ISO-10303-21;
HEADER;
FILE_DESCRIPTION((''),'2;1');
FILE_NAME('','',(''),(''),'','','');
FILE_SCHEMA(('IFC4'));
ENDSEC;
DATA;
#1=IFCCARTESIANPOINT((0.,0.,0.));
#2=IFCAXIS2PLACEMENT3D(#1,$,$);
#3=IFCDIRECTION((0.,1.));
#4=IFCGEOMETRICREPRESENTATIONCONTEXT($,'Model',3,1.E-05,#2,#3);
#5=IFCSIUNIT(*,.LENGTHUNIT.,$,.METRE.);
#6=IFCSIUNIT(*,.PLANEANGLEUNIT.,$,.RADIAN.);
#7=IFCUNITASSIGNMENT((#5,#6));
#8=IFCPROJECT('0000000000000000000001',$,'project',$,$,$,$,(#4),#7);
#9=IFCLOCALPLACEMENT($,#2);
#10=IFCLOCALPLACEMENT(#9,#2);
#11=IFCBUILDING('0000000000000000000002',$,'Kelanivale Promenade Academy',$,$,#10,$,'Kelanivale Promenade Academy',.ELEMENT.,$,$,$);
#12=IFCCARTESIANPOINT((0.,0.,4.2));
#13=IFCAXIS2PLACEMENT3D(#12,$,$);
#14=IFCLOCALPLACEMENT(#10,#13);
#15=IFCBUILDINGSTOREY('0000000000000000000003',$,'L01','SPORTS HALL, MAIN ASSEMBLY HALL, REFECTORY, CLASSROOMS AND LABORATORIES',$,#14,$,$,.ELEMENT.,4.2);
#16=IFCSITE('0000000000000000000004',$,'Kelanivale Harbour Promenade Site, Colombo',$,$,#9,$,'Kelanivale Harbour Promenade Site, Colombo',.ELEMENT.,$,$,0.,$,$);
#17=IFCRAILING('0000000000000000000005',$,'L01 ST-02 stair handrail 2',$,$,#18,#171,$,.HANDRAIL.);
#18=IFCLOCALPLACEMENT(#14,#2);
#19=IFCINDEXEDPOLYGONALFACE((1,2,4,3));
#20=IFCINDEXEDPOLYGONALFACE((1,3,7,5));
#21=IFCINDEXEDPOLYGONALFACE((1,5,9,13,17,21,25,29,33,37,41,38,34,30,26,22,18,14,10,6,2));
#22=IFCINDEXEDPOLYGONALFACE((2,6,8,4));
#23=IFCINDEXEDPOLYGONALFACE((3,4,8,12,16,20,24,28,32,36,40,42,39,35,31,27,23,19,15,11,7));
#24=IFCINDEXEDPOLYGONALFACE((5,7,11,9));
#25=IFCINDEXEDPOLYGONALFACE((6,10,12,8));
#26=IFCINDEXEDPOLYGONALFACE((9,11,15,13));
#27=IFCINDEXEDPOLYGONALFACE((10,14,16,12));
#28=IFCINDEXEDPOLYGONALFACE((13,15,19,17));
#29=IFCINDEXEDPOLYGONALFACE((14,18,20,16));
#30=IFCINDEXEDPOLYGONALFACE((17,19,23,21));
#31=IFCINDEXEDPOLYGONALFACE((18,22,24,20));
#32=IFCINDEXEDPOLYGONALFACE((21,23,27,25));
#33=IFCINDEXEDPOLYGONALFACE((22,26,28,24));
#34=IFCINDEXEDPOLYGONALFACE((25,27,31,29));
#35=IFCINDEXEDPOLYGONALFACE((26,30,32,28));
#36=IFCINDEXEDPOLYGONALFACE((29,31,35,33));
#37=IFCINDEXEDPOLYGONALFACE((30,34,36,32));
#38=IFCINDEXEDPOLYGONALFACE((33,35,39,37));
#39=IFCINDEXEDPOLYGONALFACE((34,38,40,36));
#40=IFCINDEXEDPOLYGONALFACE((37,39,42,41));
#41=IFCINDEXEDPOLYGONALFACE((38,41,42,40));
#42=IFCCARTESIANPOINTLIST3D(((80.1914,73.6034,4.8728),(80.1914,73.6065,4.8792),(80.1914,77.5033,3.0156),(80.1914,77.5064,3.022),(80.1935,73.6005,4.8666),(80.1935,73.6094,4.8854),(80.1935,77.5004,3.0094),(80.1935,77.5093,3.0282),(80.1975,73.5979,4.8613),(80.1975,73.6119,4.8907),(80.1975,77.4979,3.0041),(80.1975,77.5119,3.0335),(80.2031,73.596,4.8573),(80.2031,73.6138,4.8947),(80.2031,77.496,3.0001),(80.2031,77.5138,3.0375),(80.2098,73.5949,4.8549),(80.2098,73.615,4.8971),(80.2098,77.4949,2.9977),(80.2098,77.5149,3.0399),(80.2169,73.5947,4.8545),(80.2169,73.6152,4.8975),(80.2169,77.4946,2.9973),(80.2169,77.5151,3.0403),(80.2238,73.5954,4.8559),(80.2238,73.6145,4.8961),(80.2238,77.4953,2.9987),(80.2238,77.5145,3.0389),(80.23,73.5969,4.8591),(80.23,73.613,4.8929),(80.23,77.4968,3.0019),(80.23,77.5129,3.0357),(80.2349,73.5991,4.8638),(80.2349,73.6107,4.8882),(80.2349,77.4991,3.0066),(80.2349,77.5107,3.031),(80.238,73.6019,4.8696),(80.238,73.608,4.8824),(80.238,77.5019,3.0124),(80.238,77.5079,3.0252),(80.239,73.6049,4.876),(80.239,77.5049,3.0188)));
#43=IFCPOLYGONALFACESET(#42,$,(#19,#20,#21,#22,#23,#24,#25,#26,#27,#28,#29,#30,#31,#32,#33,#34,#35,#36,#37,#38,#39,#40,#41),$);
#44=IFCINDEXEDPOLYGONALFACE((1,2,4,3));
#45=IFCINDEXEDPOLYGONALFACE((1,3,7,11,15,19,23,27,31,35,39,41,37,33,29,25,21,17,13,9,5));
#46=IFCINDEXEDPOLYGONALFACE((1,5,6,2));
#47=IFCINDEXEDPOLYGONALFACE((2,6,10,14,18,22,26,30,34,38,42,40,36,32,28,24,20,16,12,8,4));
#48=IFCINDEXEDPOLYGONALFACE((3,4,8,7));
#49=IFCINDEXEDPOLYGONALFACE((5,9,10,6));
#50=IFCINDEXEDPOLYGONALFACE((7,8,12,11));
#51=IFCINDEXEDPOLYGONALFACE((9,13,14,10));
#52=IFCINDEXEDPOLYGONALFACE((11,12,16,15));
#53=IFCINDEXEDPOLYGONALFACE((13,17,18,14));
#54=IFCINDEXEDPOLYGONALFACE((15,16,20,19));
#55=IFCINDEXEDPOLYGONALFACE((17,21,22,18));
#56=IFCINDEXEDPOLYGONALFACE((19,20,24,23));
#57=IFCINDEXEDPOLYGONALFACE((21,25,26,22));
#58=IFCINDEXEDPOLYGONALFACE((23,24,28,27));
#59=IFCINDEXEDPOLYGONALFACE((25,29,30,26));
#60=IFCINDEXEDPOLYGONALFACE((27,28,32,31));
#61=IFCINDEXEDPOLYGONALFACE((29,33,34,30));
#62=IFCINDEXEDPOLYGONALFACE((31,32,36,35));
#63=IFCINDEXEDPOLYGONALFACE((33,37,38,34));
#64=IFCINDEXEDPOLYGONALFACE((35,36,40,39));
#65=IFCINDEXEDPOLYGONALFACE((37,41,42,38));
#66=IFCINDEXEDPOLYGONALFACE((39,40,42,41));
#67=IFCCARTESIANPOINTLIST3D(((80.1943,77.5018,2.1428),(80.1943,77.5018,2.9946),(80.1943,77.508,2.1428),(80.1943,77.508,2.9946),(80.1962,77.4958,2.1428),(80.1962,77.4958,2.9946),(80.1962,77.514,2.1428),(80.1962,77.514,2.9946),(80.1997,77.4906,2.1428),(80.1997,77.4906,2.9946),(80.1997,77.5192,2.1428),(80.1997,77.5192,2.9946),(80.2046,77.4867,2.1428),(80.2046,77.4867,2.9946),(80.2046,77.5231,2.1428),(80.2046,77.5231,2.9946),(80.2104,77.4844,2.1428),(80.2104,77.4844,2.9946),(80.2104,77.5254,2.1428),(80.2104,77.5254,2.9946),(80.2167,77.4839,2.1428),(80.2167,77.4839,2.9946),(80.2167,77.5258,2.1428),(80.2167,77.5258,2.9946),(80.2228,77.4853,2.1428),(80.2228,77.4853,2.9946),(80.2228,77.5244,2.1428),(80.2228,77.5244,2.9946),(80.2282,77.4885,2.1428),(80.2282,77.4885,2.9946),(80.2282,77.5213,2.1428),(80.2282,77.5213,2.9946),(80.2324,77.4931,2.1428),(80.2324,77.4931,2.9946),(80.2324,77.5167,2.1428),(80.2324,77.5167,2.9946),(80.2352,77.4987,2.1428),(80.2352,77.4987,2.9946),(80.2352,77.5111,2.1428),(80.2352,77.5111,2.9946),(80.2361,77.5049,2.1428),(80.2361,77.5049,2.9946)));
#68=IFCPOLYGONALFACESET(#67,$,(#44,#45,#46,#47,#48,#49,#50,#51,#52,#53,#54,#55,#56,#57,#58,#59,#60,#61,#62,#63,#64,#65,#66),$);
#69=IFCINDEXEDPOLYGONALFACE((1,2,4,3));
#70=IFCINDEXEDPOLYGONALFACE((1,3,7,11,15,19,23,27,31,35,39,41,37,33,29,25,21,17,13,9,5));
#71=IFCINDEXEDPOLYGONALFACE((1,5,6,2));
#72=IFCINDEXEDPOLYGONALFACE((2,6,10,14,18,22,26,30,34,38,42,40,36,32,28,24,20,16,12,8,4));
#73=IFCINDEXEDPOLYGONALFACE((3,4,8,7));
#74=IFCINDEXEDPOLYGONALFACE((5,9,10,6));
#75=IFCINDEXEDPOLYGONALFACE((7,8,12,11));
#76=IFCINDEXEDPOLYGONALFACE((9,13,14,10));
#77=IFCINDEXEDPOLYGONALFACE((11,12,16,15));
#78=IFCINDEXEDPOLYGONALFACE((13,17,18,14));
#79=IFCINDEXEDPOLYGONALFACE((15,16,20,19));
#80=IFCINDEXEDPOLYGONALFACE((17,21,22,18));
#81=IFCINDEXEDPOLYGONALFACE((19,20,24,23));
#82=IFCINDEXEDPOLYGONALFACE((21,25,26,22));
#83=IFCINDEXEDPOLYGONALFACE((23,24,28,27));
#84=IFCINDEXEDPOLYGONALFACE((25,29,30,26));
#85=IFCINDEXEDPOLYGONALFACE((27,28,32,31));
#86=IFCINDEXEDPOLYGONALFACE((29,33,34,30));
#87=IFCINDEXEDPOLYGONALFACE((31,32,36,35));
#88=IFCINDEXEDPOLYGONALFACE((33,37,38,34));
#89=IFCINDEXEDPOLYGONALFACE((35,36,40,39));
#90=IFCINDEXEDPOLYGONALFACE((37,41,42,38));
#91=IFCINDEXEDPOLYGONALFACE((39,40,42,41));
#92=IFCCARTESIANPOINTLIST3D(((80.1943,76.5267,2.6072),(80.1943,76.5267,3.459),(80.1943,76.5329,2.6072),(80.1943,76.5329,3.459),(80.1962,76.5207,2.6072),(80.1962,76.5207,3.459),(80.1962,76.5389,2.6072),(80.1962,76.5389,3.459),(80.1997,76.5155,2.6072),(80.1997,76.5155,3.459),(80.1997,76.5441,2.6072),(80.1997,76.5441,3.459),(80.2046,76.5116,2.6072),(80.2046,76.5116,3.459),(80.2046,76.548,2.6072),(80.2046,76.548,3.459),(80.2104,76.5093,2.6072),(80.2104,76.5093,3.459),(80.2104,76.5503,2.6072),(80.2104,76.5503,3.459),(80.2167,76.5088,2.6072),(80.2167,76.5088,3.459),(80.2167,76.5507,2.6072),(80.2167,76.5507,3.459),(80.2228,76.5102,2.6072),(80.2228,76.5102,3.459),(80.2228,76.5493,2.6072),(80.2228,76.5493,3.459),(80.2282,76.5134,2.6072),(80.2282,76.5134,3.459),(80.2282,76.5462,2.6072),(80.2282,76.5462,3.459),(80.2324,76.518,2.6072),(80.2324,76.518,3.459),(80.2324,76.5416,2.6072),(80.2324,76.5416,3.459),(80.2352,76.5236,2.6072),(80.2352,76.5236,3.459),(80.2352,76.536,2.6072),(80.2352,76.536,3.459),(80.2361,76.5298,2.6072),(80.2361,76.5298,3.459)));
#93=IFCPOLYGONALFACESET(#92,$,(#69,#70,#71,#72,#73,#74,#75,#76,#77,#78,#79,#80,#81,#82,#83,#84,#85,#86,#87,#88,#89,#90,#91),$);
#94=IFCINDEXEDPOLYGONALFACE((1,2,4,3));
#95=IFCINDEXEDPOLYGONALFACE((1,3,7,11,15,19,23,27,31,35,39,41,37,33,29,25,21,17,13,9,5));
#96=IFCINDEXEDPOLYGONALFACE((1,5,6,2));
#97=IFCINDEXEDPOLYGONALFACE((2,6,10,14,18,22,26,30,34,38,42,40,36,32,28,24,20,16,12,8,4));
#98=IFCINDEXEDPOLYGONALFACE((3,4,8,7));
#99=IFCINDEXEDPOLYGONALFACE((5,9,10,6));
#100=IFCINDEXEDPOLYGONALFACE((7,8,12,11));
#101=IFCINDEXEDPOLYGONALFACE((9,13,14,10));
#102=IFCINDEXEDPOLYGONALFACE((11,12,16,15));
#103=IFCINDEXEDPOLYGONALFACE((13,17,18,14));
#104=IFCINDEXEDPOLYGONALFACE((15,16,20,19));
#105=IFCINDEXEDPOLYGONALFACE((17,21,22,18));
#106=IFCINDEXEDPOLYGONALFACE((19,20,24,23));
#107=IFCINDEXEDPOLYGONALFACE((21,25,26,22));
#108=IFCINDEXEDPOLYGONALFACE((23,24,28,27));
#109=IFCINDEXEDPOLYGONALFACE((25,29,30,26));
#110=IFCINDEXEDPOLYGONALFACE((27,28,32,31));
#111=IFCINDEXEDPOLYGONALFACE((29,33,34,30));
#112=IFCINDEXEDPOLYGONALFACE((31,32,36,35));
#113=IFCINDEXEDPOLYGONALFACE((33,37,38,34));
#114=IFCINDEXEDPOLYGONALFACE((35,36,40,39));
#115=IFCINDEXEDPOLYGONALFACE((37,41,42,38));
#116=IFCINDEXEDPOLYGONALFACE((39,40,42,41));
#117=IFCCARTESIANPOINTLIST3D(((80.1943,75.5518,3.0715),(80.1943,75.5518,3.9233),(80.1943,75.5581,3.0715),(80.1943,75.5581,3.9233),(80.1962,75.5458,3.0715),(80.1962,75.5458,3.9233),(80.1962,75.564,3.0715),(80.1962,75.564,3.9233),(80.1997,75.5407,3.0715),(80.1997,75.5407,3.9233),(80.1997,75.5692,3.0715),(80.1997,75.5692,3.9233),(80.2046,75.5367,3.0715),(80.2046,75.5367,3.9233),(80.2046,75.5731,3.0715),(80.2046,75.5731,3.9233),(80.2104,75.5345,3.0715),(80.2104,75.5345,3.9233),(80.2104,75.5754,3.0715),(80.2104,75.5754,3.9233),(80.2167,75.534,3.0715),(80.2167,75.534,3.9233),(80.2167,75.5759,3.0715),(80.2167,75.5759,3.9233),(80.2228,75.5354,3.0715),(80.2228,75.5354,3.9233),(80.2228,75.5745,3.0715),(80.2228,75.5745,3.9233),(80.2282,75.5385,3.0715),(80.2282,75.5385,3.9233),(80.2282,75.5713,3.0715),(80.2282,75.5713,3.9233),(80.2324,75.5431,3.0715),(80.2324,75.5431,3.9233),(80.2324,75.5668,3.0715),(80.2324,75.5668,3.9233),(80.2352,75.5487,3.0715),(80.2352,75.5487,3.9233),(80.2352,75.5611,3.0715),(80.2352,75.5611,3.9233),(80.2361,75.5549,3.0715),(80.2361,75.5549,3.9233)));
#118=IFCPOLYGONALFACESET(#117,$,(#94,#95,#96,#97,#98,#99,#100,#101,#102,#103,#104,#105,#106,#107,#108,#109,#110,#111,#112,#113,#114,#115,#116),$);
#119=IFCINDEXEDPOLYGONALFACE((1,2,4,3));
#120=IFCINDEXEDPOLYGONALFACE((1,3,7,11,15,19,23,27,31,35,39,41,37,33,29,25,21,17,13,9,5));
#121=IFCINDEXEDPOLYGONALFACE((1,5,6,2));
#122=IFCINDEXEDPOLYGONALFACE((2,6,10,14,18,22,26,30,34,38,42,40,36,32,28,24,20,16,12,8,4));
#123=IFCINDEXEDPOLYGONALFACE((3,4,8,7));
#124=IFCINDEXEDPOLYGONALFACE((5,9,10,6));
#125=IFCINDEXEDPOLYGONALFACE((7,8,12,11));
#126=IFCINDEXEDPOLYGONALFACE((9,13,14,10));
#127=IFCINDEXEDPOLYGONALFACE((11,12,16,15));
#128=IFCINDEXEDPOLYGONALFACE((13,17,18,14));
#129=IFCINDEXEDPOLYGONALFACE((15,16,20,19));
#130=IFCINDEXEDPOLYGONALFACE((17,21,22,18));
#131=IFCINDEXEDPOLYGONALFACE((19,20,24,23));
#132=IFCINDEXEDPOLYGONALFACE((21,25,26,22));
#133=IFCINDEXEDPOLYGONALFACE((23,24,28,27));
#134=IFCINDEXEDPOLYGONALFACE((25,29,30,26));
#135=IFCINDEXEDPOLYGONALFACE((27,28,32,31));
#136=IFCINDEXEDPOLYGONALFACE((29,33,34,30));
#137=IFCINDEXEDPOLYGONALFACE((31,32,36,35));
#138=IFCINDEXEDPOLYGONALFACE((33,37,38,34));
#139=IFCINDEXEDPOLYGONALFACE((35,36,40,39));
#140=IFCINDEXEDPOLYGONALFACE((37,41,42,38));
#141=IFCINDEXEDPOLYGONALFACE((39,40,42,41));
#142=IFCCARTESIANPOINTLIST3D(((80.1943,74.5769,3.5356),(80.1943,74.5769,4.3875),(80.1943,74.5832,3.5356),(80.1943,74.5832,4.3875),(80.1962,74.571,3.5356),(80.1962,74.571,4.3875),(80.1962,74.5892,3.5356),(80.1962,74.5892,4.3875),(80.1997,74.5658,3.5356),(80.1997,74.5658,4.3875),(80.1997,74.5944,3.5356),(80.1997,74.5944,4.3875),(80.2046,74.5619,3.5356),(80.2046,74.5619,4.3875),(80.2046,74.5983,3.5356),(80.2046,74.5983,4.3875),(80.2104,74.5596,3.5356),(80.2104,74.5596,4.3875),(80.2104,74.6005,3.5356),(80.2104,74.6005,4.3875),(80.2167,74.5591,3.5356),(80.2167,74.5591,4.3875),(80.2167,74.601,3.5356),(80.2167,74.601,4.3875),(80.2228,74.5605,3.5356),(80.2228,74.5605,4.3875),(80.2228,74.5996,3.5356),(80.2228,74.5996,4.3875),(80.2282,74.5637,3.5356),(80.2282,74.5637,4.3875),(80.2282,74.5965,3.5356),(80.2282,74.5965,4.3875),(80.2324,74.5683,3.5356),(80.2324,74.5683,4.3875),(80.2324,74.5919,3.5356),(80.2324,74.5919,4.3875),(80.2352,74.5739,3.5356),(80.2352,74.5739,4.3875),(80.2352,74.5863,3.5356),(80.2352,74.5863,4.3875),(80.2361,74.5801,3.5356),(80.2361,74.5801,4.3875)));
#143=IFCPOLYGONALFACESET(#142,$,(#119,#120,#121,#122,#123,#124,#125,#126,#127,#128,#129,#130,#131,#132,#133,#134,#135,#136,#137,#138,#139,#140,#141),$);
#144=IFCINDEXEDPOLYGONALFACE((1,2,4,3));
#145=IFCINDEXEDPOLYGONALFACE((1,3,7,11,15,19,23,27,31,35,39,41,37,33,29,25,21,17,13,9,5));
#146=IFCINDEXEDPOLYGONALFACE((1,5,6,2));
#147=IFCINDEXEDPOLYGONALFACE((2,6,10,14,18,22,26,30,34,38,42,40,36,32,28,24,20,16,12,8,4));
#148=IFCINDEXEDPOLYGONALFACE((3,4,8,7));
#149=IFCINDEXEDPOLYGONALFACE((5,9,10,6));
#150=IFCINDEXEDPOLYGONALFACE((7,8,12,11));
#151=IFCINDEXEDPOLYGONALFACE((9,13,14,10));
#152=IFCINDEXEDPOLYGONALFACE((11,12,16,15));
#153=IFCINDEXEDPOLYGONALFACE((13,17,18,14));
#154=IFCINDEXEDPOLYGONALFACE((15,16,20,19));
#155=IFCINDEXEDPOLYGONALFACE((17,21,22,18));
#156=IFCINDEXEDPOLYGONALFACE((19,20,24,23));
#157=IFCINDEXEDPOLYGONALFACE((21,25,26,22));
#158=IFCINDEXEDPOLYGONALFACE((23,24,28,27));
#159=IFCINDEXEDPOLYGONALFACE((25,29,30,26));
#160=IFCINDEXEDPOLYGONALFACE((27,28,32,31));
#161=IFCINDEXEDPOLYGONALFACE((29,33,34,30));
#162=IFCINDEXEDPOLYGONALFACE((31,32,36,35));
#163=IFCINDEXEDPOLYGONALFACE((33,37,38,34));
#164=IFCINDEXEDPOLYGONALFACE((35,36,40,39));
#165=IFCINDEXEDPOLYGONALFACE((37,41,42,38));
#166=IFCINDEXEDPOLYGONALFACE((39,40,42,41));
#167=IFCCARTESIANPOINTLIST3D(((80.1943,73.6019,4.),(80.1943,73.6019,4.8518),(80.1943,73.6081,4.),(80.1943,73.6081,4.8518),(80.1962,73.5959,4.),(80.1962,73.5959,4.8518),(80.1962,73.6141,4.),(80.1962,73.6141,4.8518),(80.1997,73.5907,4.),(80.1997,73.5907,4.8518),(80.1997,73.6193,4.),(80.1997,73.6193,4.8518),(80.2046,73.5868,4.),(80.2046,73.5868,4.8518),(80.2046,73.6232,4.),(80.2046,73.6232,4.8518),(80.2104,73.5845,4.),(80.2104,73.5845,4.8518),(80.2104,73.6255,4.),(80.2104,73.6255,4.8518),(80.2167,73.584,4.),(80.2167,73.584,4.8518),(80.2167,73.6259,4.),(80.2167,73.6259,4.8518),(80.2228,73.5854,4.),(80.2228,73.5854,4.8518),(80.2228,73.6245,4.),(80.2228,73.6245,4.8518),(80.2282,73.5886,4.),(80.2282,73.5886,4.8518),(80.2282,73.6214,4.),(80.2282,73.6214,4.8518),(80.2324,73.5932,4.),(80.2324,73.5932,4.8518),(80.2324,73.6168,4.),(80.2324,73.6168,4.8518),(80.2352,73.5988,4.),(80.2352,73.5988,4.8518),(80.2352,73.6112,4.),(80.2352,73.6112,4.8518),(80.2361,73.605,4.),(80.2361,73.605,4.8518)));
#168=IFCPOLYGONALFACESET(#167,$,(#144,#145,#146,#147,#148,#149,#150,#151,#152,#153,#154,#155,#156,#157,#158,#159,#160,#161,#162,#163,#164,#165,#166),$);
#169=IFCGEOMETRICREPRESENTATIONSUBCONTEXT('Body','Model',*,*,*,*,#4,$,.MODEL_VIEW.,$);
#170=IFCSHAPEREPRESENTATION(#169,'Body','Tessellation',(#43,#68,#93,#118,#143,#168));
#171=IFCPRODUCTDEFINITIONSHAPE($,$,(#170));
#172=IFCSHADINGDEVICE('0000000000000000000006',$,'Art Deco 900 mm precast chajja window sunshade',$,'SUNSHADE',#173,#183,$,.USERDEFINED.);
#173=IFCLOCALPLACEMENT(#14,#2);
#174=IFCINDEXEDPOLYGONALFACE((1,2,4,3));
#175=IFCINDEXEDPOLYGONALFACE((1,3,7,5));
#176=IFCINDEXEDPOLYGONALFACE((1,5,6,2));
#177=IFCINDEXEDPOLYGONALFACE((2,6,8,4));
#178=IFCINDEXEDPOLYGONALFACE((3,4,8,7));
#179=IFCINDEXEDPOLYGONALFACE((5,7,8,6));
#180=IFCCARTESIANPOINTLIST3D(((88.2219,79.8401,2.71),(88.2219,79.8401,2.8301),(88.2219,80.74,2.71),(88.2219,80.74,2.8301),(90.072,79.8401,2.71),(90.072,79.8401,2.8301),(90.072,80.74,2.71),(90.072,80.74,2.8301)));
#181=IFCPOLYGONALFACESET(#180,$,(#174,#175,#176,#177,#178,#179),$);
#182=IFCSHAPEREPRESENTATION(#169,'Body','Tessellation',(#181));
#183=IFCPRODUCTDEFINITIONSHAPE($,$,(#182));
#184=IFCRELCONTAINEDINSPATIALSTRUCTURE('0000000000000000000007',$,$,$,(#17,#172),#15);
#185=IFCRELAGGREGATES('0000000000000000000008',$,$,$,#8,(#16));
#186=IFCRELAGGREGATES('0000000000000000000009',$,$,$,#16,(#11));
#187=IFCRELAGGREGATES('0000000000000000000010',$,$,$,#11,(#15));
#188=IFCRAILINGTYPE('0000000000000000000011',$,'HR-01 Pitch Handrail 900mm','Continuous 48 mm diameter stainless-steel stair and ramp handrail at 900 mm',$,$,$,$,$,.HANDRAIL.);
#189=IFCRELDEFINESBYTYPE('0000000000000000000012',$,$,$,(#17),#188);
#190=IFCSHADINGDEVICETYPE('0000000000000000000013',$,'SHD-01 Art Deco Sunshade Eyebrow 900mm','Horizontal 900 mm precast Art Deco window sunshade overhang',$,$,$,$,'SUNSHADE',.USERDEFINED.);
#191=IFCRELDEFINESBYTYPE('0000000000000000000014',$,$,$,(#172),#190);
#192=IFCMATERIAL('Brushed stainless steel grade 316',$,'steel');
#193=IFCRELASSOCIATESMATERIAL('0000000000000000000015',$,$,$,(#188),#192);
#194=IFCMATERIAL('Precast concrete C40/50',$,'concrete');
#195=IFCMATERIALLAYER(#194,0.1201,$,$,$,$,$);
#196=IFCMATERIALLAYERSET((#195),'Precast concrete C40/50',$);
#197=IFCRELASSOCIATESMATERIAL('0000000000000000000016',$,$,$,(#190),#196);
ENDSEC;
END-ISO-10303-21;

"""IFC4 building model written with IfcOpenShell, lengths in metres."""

from ifc_helpers import new_model, si_unit, direction, frame, origin, origin_2d, place, context, subcontext, project, spatial, rectangle, circle, extrude, material, layer, layer_set, type_object, element, save


model = new_model("IFC4")

# Units and contexts
model_context = context("Model", 3, precision=1e-05, world=origin(), true_north=direction((0.0, 1.0)))
body_context = subcontext(model_context, "Body", "Model", "MODEL_VIEW")
ifc_project = project(units=[si_unit("LENGTHUNIT", "METRE"), si_unit("PLANEANGLEUNIT", "RADIAN")], contexts=[model_context])

# Site, building, storey
site_placement = place(None, origin())
site = spatial("IfcSite", under=ifc_project, at=site_placement, Name="Kelanivale Harbour Promenade Site, Colombo", LongName="Kelanivale Harbour Promenade Site, Colombo", CompositionType="ELEMENT", RefElevation=0.0)
building_placement = place(site_placement, origin())
building = spatial("IfcBuilding", under=site, at=building_placement, Name="Kelanivale Promenade Academy", LongName="Kelanivale Promenade Academy", CompositionType="ELEMENT")
storey_placement = place(building_placement, frame((0.0, 0.0, 4.2)))
storey = spatial("IfcBuildingStorey", under=building, at=storey_placement, Name="L01", Description="SPORTS HALL, MAIN ASSEMBLY HALL, REFECTORY, CLASSROOMS AND LABORATORIES", CompositionType="ELEMENT", Elevation=4.2)

# Railing
ifc_material_1 = material(Name="Brushed stainless steel grade 316", Category="steel")
railing_type_1 = type_object("IfcRailingType", Name="HR-01 Pitch Handrail 900mm", Description="Continuous 48 mm diameter stainless-steel stair and ramp handrail at 900 mm", PredefinedType="HANDRAIL", material=ifc_material_1)
railing_1_placement = place(storey_placement, frame((80.2151, 77.5049, 2.1428)))
element("IfcRailing", 1, at=railing_1_placement, inside=storey, type_object=railing_type_1, Name="L01 ST-02 stair handrail 2", PredefinedType="HANDRAIL", context=body_context, shape_type="SweptSolid", body=[
    extrude(circle(Radius=0.0239, at=origin_2d()), frame((0.0, 0.0, 0.876), z_axis=(0.0, -0.902853, 0.429949), x_axis=(1.0, 0.0, 0.0)), (0.0, 0.0, 1.0), 4.3196),
    extrude(circle(Radius=0.021, at=origin_2d()), origin(), (0.0, 0.0, 1.0), 0.8518),
    extrude(circle(Radius=0.021, at=origin_2d()), frame((0.0, -0.9751, 0.4644)), (0.0, 0.0, 1.0), 0.8518),
    extrude(circle(Radius=0.021, at=origin_2d()), frame((0.0, -1.95, 0.9287)), (0.0, 0.0, 1.0), 0.8518),
    extrude(circle(Radius=0.021, at=origin_2d()), frame((0.0, -2.9248, 1.3928)), (0.0, 0.0, 1.0), 0.8518),
    extrude(circle(Radius=0.021, at=origin_2d()), frame((0.0, -3.8999, 1.8572)), (0.0, 0.0, 1.0), 0.8518),
])

# Shading device
ifc_material_2 = material(Name="Precast concrete C40/50", Category="concrete")
ifc_layer_1 = layer(ifc_material_2, 0.1201)
ifc_layer_set_1 = layer_set([ifc_layer_1], Name="Precast concrete C40/50")
shading_device_type = type_object("IfcShadingDeviceType", Name="SHD-01 Art Deco Sunshade Eyebrow 900mm", Description="Horizontal 900 mm precast Art Deco window sunshade overhang", ElementType="SUNSHADE", PredefinedType="USERDEFINED", material=ifc_layer_set_1)
shading_device_placement = place(storey_placement, frame((89.147, 80.29, 2.71), z_axis=(0.0, 0.0, 1.0), x_axis=(-1.0, 0.0, 0.0)))
element("IfcShadingDevice", 2, at=shading_device_placement, inside=storey, type_object=shading_device_type, Name="Art Deco 900 mm precast chajja window sunshade", ObjectType="SUNSHADE", PredefinedType="USERDEFINED", context=body_context, shape_type="SweptSolid", body=[
    extrude(rectangle(XDim=1.8501, YDim=0.8999, at=origin_2d()), origin(), (0.0, 0.0, 1.0), 0.1201),
])

save(model, "model.ifc")
